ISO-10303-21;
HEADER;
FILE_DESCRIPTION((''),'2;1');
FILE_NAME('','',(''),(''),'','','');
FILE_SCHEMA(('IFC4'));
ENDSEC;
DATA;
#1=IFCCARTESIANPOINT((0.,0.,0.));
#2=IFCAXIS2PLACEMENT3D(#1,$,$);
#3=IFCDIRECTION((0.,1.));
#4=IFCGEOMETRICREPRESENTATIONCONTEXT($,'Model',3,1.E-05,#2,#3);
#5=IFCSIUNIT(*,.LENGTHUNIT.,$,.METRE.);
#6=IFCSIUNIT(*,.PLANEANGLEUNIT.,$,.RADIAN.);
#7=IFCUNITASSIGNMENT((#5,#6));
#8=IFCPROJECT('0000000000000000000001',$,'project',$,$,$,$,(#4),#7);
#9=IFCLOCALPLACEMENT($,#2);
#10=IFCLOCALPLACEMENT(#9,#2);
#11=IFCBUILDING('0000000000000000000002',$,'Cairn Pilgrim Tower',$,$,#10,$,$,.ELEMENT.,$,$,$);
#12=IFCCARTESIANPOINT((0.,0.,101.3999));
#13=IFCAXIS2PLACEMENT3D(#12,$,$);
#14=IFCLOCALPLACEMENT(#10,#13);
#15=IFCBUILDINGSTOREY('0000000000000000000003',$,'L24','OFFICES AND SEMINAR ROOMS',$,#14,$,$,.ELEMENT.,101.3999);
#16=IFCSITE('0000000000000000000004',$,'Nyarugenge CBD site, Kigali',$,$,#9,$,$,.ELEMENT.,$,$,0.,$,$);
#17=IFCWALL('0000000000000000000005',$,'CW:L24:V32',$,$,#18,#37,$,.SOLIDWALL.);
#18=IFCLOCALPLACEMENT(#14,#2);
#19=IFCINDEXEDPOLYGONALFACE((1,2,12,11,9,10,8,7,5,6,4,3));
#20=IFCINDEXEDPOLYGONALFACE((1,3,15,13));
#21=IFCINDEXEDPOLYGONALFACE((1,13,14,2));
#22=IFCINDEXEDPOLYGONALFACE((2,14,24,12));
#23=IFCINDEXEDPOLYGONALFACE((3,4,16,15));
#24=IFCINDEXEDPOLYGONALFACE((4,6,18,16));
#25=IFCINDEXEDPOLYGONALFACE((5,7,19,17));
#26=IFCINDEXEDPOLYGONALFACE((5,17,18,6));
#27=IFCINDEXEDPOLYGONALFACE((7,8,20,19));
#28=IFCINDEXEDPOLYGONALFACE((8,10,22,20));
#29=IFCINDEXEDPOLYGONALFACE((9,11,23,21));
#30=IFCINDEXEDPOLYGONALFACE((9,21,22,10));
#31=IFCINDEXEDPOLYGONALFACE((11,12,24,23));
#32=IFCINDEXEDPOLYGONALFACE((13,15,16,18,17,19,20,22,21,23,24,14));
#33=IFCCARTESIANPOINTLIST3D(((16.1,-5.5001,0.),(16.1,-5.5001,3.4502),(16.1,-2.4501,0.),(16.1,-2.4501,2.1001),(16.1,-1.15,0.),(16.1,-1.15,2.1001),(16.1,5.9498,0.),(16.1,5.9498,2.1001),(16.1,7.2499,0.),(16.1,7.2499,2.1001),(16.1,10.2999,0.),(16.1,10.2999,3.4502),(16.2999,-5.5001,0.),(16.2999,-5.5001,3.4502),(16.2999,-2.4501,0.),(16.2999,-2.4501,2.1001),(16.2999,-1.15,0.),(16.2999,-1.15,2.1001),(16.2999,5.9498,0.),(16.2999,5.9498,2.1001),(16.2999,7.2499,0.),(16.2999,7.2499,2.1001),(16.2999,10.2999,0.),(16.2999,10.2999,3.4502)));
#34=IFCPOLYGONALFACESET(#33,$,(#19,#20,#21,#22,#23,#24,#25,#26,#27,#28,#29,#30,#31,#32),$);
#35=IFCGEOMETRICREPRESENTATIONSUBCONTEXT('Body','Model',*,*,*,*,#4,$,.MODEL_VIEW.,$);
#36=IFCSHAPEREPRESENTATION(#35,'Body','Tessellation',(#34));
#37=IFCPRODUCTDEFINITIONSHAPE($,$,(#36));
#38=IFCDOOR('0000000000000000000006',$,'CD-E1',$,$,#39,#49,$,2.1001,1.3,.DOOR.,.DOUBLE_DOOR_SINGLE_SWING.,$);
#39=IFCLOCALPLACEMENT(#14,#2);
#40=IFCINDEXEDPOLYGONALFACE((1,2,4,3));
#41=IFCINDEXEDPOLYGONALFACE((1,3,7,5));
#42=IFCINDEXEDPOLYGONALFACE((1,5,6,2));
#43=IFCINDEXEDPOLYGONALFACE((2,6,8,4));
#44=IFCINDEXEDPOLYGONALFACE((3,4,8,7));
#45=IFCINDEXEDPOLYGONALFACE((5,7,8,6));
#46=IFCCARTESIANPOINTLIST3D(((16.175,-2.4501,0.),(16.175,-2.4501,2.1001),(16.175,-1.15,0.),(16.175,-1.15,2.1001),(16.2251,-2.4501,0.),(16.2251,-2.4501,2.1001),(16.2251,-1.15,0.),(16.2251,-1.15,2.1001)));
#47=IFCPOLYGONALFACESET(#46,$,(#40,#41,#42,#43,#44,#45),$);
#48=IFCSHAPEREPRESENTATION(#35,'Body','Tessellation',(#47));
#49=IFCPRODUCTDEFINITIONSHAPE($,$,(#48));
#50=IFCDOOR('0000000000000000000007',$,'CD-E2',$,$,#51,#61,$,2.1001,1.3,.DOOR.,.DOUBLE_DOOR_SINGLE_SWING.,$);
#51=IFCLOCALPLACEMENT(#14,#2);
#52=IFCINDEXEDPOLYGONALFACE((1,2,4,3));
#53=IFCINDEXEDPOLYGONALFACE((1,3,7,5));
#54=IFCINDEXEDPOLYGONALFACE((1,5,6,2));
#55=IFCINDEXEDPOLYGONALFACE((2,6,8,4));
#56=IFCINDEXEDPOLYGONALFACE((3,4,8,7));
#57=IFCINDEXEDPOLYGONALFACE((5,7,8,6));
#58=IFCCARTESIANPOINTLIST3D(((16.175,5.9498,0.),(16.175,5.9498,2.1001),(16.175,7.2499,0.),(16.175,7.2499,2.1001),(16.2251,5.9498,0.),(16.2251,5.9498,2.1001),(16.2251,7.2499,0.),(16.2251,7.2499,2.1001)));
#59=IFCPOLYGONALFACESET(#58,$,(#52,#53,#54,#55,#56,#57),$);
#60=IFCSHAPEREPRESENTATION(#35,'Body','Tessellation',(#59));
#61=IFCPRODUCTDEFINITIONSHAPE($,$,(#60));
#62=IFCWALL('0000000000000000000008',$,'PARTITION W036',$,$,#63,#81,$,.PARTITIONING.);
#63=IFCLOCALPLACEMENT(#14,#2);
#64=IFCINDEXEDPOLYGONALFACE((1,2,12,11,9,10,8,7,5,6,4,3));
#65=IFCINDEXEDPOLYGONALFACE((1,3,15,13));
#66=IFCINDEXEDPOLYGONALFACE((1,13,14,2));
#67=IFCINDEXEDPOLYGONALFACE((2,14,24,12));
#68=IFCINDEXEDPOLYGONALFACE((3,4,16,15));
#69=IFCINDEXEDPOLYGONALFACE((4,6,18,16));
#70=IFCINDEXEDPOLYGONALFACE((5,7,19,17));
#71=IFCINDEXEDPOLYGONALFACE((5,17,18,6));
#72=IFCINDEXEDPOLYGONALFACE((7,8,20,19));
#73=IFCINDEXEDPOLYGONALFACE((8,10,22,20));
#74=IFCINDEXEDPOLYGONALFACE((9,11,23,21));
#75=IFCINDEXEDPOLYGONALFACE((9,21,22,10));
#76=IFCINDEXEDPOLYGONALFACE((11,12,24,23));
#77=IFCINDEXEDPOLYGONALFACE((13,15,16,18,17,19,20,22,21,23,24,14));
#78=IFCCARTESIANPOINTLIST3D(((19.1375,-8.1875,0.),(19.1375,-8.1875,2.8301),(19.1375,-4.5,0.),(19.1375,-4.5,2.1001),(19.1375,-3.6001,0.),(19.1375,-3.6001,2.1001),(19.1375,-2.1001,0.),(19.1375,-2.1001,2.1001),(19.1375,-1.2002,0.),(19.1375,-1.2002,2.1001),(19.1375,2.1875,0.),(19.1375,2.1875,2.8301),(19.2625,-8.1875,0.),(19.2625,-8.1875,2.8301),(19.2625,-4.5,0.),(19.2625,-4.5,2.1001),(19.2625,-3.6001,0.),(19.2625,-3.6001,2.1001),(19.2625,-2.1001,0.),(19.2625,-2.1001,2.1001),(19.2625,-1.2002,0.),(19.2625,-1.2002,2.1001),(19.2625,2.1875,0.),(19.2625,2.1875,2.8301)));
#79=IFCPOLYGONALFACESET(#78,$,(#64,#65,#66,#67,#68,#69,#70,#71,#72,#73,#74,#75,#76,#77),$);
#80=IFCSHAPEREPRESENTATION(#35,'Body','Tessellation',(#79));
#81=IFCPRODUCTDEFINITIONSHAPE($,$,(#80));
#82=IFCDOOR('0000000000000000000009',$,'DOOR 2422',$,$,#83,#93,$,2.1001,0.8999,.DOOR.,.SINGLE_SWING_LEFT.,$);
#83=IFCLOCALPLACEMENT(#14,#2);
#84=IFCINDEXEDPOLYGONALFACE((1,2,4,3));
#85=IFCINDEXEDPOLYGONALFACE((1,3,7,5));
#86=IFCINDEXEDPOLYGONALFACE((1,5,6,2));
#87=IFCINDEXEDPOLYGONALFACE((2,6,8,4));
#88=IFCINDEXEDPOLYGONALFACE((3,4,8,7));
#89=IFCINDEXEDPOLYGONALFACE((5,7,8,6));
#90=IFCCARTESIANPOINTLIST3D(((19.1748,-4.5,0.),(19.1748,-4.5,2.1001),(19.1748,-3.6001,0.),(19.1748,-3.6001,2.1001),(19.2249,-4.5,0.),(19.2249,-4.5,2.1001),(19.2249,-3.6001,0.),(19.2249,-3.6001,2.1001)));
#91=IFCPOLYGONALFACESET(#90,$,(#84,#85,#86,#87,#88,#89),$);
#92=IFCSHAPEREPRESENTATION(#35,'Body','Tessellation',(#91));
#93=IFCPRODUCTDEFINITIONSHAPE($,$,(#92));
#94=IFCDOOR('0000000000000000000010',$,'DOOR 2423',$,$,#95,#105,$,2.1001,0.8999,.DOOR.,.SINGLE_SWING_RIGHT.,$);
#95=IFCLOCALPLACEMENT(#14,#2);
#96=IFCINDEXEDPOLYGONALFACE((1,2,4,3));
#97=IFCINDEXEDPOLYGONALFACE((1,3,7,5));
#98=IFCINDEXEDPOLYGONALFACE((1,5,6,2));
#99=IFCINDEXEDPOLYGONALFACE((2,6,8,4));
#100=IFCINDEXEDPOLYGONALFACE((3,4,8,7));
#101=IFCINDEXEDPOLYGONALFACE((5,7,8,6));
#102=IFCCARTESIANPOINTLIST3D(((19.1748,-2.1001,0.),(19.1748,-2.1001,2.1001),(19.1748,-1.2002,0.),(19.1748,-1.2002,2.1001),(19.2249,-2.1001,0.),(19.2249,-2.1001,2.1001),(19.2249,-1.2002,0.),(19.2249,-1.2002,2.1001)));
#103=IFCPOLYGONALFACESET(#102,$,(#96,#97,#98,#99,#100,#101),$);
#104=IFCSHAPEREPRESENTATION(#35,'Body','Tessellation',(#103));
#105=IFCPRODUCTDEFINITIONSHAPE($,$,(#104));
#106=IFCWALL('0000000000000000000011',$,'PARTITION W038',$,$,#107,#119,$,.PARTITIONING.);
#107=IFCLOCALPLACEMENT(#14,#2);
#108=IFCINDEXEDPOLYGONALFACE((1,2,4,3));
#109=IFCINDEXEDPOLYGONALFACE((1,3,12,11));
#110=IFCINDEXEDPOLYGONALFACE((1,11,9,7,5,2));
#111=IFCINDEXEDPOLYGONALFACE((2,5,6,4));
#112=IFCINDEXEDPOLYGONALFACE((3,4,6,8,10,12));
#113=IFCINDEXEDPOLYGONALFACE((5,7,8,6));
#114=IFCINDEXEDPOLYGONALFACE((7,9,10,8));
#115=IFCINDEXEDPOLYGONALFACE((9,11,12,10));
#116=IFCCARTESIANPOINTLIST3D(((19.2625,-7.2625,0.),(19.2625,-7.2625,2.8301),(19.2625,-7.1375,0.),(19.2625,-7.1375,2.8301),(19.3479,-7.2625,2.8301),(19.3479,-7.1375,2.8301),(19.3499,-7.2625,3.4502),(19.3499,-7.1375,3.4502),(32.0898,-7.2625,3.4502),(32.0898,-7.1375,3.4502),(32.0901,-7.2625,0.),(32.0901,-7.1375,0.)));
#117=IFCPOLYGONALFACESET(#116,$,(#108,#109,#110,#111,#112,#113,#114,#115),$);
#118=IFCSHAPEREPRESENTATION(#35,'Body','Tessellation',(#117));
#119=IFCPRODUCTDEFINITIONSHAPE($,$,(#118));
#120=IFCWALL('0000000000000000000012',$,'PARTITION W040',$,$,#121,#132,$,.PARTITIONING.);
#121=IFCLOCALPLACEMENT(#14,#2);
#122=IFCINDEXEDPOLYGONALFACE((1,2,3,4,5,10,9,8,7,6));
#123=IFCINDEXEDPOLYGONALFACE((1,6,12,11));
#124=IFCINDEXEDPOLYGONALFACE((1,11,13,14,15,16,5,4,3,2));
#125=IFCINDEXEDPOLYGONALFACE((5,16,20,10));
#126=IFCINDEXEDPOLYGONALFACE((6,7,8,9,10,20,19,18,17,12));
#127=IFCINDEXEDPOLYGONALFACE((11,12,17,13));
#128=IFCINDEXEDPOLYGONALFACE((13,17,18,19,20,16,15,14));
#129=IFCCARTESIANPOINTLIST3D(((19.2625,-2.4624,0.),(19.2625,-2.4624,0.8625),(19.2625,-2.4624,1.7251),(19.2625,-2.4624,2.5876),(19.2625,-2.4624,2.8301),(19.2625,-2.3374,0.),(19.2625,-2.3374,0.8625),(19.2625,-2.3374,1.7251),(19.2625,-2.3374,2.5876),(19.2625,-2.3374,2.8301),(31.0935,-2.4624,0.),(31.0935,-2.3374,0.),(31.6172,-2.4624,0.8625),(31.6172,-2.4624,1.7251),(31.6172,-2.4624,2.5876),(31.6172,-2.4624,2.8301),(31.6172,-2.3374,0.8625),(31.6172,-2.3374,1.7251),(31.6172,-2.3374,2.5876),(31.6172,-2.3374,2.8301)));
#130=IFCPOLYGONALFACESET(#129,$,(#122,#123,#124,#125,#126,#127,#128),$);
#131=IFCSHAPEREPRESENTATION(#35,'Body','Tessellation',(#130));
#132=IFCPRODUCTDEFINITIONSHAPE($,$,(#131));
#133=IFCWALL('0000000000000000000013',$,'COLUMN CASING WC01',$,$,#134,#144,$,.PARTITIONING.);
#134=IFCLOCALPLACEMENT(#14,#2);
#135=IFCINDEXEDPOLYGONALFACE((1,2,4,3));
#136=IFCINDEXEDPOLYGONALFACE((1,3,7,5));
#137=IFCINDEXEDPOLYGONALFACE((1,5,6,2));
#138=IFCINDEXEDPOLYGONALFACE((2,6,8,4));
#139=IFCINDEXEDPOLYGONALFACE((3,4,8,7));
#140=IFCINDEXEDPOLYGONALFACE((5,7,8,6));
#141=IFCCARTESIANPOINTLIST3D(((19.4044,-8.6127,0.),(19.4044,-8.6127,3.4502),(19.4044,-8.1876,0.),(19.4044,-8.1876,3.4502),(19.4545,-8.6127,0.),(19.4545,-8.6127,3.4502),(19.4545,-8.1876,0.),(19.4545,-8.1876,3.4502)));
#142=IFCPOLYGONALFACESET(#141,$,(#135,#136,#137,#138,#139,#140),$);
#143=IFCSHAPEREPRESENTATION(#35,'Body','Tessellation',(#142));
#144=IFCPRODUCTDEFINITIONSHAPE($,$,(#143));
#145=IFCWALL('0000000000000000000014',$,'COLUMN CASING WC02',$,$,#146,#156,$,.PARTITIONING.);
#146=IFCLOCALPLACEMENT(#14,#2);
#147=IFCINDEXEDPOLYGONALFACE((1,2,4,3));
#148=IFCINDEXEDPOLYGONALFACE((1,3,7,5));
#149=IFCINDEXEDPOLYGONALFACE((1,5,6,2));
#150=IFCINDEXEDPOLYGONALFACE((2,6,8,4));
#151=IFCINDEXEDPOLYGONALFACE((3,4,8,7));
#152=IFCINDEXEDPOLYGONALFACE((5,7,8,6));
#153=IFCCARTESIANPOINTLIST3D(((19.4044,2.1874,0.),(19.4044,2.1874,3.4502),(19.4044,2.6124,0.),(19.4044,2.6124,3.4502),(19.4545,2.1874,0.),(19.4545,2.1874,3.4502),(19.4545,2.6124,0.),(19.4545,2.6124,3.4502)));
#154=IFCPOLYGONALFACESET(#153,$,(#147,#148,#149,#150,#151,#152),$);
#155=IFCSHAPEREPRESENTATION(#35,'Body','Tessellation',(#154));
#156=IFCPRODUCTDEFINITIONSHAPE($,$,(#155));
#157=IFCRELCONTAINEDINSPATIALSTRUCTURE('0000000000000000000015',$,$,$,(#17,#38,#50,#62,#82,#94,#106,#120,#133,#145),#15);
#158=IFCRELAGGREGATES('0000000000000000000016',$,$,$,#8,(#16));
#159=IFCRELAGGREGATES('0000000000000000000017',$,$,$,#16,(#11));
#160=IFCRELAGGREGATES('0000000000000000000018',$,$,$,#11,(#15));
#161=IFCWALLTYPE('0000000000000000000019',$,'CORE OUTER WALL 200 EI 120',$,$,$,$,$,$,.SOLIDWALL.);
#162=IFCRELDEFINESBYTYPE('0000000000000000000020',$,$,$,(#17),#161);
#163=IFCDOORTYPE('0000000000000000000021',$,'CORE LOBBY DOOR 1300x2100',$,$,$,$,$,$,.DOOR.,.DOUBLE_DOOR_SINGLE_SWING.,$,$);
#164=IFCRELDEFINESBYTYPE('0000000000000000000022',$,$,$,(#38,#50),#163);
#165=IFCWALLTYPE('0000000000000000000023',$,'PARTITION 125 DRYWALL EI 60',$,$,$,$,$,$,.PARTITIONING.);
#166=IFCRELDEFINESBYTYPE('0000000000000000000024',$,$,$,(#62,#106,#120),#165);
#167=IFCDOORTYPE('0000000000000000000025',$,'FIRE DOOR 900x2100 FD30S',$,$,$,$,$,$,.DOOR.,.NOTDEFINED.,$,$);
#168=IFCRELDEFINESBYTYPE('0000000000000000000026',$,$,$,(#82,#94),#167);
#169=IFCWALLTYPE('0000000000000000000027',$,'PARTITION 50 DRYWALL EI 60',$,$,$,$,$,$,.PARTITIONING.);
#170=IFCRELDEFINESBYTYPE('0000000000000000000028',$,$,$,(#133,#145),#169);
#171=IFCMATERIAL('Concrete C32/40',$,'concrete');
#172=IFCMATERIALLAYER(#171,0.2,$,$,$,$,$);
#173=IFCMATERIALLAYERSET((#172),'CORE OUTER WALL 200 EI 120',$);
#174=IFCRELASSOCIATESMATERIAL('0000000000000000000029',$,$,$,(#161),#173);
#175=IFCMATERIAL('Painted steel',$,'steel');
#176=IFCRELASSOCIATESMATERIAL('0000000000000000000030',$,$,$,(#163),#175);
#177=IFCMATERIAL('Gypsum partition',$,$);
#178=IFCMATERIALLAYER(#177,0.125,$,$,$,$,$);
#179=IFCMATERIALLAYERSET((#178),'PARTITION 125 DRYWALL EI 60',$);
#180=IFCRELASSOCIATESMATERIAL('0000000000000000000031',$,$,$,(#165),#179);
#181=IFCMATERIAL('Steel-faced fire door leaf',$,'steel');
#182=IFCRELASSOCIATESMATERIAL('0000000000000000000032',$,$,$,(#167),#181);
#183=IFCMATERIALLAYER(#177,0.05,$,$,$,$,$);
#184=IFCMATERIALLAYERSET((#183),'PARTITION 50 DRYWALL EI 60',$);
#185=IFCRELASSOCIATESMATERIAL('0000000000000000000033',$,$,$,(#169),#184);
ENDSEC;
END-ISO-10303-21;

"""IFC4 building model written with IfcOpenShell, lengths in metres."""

from ifc_helpers import new_model, si_unit, direction, frame, frame_2d, origin, place, context, subcontext, project, spatial, polyline, rectangle, outline, extrude, material, layer, layer_set, type_object, element, fill, save


model = new_model("IFC4")

# Units and contexts
model_context = context("Model", 3, precision=1e-05, world=origin(), true_north=direction((0.0, 1.0)))
body_context = subcontext(model_context, "Body", "Model", "MODEL_VIEW")
ifc_project = project(units=[si_unit("LENGTHUNIT", "METRE"), si_unit("PLANEANGLEUNIT", "RADIAN")], contexts=[model_context])

# Site, building, storey
site_placement = place(None, origin())
site = spatial("IfcSite", under=ifc_project, at=site_placement, Name="Nyarugenge CBD site, Kigali", CompositionType="ELEMENT", RefElevation=0.0)
building_placement = place(site_placement, origin())
building = spatial("IfcBuilding", under=site, at=building_placement, Name="Cairn Pilgrim Tower", CompositionType="ELEMENT")
storey_placement = place(building_placement, frame((0.0, 0.0, 101.3999)))
storey = spatial("IfcBuildingStorey", under=building, at=storey_placement, Name="L24", Description="OFFICES AND SEMINAR ROOMS", CompositionType="ELEMENT", Elevation=101.3999)

# Walls, openings, doors
ifc_material_1 = material(Name="Concrete C32/40", Category="concrete")
ifc_layer_1 = layer(ifc_material_1, 0.2)
ifc_layer_set_1 = layer_set([ifc_layer_1], Name="CORE OUTER WALL 200 EI 120")
wall_type_1 = type_object("IfcWallType", Name="CORE OUTER WALL 200 EI 120", PredefinedType="SOLIDWALL", material=ifc_layer_set_1)
wall_1_placement = place(storey_placement, frame((16.2, -5.5, 0.0), z_axis=(0.0, 0.0, 1.0), x_axis=(0.0, 1.0, 0.0)))
wall_1 = element("IfcWall", 1, at=wall_1_placement, inside=storey, type_object=wall_type_1, Name="CW:L24:V32", PredefinedType="SOLIDWALL", context=body_context, shape_type="SweptSolid", body=[
    extrude(rectangle(XDim=15.8, YDim=0.2, at=frame_2d((7.8999, 0.0))), origin(), (0.0, 0.0, 1.0), 3.4502),
])
opening_1_placement = place(wall_1_placement, frame((3.05, 0.0, 0.0)))
opening_1 = element("IfcOpeningElement", 2, at=opening_1_placement, cuts=wall_1, PredefinedType="OPENING", context=body_context, shape_type="SweptSolid", body=[
    extrude(rectangle(XDim=1.3, YDim=2.1001, at=frame_2d((0.6499, 1.05))), frame((0.0, 0.1099, 0.0), z_axis=(0.0, -1.0, 0.0), x_axis=(1.0, 0.0, 0.0)), (0.0, 0.0, 1.0), 0.22),
])
opening_2_placement = place(wall_1_placement, frame((11.45, 0.0, 0.0)))
opening_2 = element("IfcOpeningElement", 3, at=opening_2_placement, cuts=wall_1, PredefinedType="OPENING", context=body_context, shape_type="SweptSolid", body=[
    extrude(rectangle(XDim=1.3, YDim=2.1001, at=frame_2d((0.6499, 1.05))), frame((0.0, 0.1099, 0.0), z_axis=(0.0, -1.0, 0.0), x_axis=(1.0, 0.0, 0.0)), (0.0, 0.0, 1.0), 0.22),
])
ifc_material_2 = material(Name="Painted steel", Category="steel")
door_type_1 = type_object("IfcDoorType", Name="CORE LOBBY DOOR 1300x2100", OperationType="DOUBLE_DOOR_SINGLE_SWING", PredefinedType="DOOR", material=ifc_material_2)
door_1_placement = place(opening_1_placement, origin())
door_1 = element("IfcDoor", 4, at=door_1_placement, inside=storey, type_object=door_type_1, Name="CD-E1", OperationType="DOUBLE_DOOR_SINGLE_SWING", OverallHeight=2.1001, OverallWidth=1.3, PredefinedType="DOOR", context=body_context, shape_type="SweptSolid", body=[
    extrude(rectangle(XDim=1.3, YDim=2.1001, at=frame_2d((0.6499, 1.05))), frame((0.0, 0.0249, 0.0), z_axis=(0.0, -1.0, 0.0), x_axis=(1.0, 0.0, 0.0)), (0.0, 0.0, 1.0), 0.05),
])
fill(opening_1, door_1)
door_2_placement = place(opening_2_placement, origin())
door_2 = element("IfcDoor", 5, at=door_2_placement, inside=storey, type_object=door_type_1, Name="CD-E2", OperationType="DOUBLE_DOOR_SINGLE_SWING", OverallHeight=2.1001, OverallWidth=1.3, PredefinedType="DOOR", context=body_context, shape_type="SweptSolid", body=[
    extrude(rectangle(XDim=1.3, YDim=2.1001, at=frame_2d((0.6499, 1.05))), frame((0.0, 0.0249, 0.0), z_axis=(0.0, -1.0, 0.0), x_axis=(1.0, 0.0, 0.0)), (0.0, 0.0, 1.0), 0.05),
])
fill(opening_2, door_2)
ifc_material_3 = material(Name="Gypsum partition")
ifc_layer_2 = layer(ifc_material_3, 0.125)
ifc_layer_set_2 = layer_set([ifc_layer_2], Name="PARTITION 125 DRYWALL EI 60")
wall_type_2 = type_object("IfcWallType", Name="PARTITION 125 DRYWALL EI 60", PredefinedType="PARTITIONING", material=ifc_layer_set_2)
wall_2_placement = place(storey_placement, frame((19.2, -8.1875, 0.0), z_axis=(0.0, 0.0, 1.0), x_axis=(0.0, 1.0, 0.0)))
wall_2 = element("IfcWall", 6, at=wall_2_placement, inside=storey, type_object=wall_type_2, Name="PARTITION W036", PredefinedType="PARTITIONING", context=body_context, shape_type="SweptSolid", body=[
    extrude(rectangle(XDim=10.375, YDim=0.125, at=frame_2d((5.1875, 0.0))), origin(), (0.0, 0.0, 1.0), 2.8301),
])
opening_3_placement = place(wall_2_placement, frame((3.6875, 0.0, 0.0)))
opening_3 = element("IfcOpeningElement", 7, at=opening_3_placement, cuts=wall_2, PredefinedType="OPENING", context=body_context, shape_type="SweptSolid", body=[
    extrude(rectangle(XDim=0.8999, YDim=2.1001, at=frame_2d((0.45, 1.05))), frame((0.0, 0.0725, 0.0), z_axis=(0.0, -1.0, 0.0), x_axis=(1.0, 0.0, 0.0)), (0.0, 0.0, 1.0), 0.145),
])
opening_4_placement = place(wall_2_placement, frame((6.0874, 0.0, 0.0)))
opening_4 = element("IfcOpeningElement", 8, at=opening_4_placement, cuts=wall_2, PredefinedType="OPENING", context=body_context, shape_type="SweptSolid", body=[
    extrude(rectangle(XDim=0.8999, YDim=2.1001, at=frame_2d((0.45, 1.05))), frame((0.0, 0.0725, 0.0), z_axis=(0.0, -1.0, 0.0), x_axis=(1.0, 0.0, 0.0)), (0.0, 0.0, 1.0), 0.145),
])
ifc_material_4 = material(Name="Steel-faced fire door leaf", Category="steel")
door_type_2 = type_object("IfcDoorType", Name="FIRE DOOR 900x2100 FD30S", OperationType="NOTDEFINED", PredefinedType="DOOR", material=ifc_material_4)
door_3_placement = place(opening_3_placement, frame((0.8999, 0.0, 0.0), z_axis=(0.0, 0.0, 1.0), x_axis=(-1.0, 0.0, 0.0)))
door_3 = element("IfcDoor", 9, at=door_3_placement, inside=storey, type_object=door_type_2, Name="DOOR 2422", OperationType="SINGLE_SWING_LEFT", OverallHeight=2.1001, OverallWidth=0.8999, PredefinedType="DOOR", context=body_context, shape_type="SweptSolid", body=[
    extrude(rectangle(XDim=0.8999, YDim=2.1001, at=frame_2d((0.45, 1.05))), frame((0.0, 0.0249, 0.0), z_axis=(0.0, -1.0, 0.0), x_axis=(1.0, 0.0, 0.0)), (0.0, 0.0, 1.0), 0.05),
])
fill(opening_3, door_3)
door_4_placement = place(opening_4_placement, frame((0.8999, 0.0, 0.0), z_axis=(0.0, 0.0, 1.0), x_axis=(-1.0, 0.0, 0.0)))
door_4 = element("IfcDoor", 10, at=door_4_placement, inside=storey, type_object=door_type_2, Name="DOOR 2423", OperationType="SINGLE_SWING_RIGHT", OverallHeight=2.1001, OverallWidth=0.8999, PredefinedType="DOOR", context=body_context, shape_type="SweptSolid", body=[
    extrude(rectangle(XDim=0.8999, YDim=2.1001, at=frame_2d((0.45, 1.05))), frame((0.0, 0.0249, 0.0), z_axis=(0.0, -1.0, 0.0), x_axis=(1.0, 0.0, 0.0)), (0.0, 0.0, 1.0), 0.05),
])
fill(opening_4, door_4)

# Walls
wall_3_placement = place(storey_placement, frame((19.2625, -7.2, 0.0), z_axis=(0.0, 0.0, 1.0), x_axis=(1.0, 0.0, 0.0)))
element("IfcWall", 11, at=wall_3_placement, inside=storey, type_object=wall_type_2, Name="PARTITION W038", PredefinedType="PARTITIONING", context=body_context, shape_type="SweptSolid", body=[
    extrude(outline(polyline([(0.0, 0.0), (12.8276, 0.0), (12.8274, 3.4502), (0.0874, 3.4502), (0.0854, 2.8301), (0.0, 2.8301), (0.0, 0.0)])), frame((0.0, 0.0625, 0.0), z_axis=(0.0, -1.0, 0.0), x_axis=(1.0, 0.0, 0.0)), (0.0, 0.0, 1.0), 0.125),
])
wall_4_placement = place(storey_placement, frame((19.2625, -2.3999, 0.0), z_axis=(0.0, 0.0, 1.0), x_axis=(1.0, 0.0, 0.0)))
element("IfcWall", 12, at=wall_4_placement, inside=storey, type_object=wall_type_2, Name="PARTITION W040", PredefinedType="PARTITIONING", context=body_context, shape_type="SweptSolid", body=[
    extrude(outline(polyline([(0.0, 0.0), (11.8311, 0.0), (12.3547, 0.8625), (12.3547, 1.7251), (12.3547, 2.5876), (12.3547, 2.8301), (0.0, 2.8301), (0.0, 2.5876), (0.0, 1.7251), (0.0, 0.8625), (0.0, 0.0)])), frame((0.0, 0.0625, 0.0), z_axis=(0.0, -1.0, 0.0), x_axis=(1.0, 0.0, 0.0)), (0.0, 0.0, 1.0), 0.125),
])
ifc_layer_3 = layer(ifc_material_3, 0.05)
ifc_layer_set_3 = layer_set([ifc_layer_3], Name="PARTITION 50 DRYWALL EI 60")
wall_type_3 = type_object("IfcWallType", Name="PARTITION 50 DRYWALL EI 60", PredefinedType="PARTITIONING", material=ifc_layer_set_3)
for number, where, z_axis, x_axis, name in (
    (13, (19.4294, -8.6125, 0.0), (0.0, 0.0, 1.0), (0.0, 1.0, 0.0), "COLUMN CASING WC01"),
    (14, (19.4294, 2.1875, 0.0), (0.0, 0.0, 1.0), (0.0, 1.0, 0.0), "COLUMN CASING WC02"),
):
    element("IfcWall", number, at=place(storey_placement, frame(where, z_axis=z_axis, x_axis=x_axis)), inside=storey, type_object=wall_type_3, Name=name, PredefinedType="PARTITIONING", context=body_context, shape_type="SweptSolid", body=[
        extrude(rectangle(XDim=0.425, YDim=0.05, at=frame_2d((0.2124, 0.0))), origin(), (0.0, 0.0, 1.0), 3.4502),
    ])

save(model, "model.ifc")
